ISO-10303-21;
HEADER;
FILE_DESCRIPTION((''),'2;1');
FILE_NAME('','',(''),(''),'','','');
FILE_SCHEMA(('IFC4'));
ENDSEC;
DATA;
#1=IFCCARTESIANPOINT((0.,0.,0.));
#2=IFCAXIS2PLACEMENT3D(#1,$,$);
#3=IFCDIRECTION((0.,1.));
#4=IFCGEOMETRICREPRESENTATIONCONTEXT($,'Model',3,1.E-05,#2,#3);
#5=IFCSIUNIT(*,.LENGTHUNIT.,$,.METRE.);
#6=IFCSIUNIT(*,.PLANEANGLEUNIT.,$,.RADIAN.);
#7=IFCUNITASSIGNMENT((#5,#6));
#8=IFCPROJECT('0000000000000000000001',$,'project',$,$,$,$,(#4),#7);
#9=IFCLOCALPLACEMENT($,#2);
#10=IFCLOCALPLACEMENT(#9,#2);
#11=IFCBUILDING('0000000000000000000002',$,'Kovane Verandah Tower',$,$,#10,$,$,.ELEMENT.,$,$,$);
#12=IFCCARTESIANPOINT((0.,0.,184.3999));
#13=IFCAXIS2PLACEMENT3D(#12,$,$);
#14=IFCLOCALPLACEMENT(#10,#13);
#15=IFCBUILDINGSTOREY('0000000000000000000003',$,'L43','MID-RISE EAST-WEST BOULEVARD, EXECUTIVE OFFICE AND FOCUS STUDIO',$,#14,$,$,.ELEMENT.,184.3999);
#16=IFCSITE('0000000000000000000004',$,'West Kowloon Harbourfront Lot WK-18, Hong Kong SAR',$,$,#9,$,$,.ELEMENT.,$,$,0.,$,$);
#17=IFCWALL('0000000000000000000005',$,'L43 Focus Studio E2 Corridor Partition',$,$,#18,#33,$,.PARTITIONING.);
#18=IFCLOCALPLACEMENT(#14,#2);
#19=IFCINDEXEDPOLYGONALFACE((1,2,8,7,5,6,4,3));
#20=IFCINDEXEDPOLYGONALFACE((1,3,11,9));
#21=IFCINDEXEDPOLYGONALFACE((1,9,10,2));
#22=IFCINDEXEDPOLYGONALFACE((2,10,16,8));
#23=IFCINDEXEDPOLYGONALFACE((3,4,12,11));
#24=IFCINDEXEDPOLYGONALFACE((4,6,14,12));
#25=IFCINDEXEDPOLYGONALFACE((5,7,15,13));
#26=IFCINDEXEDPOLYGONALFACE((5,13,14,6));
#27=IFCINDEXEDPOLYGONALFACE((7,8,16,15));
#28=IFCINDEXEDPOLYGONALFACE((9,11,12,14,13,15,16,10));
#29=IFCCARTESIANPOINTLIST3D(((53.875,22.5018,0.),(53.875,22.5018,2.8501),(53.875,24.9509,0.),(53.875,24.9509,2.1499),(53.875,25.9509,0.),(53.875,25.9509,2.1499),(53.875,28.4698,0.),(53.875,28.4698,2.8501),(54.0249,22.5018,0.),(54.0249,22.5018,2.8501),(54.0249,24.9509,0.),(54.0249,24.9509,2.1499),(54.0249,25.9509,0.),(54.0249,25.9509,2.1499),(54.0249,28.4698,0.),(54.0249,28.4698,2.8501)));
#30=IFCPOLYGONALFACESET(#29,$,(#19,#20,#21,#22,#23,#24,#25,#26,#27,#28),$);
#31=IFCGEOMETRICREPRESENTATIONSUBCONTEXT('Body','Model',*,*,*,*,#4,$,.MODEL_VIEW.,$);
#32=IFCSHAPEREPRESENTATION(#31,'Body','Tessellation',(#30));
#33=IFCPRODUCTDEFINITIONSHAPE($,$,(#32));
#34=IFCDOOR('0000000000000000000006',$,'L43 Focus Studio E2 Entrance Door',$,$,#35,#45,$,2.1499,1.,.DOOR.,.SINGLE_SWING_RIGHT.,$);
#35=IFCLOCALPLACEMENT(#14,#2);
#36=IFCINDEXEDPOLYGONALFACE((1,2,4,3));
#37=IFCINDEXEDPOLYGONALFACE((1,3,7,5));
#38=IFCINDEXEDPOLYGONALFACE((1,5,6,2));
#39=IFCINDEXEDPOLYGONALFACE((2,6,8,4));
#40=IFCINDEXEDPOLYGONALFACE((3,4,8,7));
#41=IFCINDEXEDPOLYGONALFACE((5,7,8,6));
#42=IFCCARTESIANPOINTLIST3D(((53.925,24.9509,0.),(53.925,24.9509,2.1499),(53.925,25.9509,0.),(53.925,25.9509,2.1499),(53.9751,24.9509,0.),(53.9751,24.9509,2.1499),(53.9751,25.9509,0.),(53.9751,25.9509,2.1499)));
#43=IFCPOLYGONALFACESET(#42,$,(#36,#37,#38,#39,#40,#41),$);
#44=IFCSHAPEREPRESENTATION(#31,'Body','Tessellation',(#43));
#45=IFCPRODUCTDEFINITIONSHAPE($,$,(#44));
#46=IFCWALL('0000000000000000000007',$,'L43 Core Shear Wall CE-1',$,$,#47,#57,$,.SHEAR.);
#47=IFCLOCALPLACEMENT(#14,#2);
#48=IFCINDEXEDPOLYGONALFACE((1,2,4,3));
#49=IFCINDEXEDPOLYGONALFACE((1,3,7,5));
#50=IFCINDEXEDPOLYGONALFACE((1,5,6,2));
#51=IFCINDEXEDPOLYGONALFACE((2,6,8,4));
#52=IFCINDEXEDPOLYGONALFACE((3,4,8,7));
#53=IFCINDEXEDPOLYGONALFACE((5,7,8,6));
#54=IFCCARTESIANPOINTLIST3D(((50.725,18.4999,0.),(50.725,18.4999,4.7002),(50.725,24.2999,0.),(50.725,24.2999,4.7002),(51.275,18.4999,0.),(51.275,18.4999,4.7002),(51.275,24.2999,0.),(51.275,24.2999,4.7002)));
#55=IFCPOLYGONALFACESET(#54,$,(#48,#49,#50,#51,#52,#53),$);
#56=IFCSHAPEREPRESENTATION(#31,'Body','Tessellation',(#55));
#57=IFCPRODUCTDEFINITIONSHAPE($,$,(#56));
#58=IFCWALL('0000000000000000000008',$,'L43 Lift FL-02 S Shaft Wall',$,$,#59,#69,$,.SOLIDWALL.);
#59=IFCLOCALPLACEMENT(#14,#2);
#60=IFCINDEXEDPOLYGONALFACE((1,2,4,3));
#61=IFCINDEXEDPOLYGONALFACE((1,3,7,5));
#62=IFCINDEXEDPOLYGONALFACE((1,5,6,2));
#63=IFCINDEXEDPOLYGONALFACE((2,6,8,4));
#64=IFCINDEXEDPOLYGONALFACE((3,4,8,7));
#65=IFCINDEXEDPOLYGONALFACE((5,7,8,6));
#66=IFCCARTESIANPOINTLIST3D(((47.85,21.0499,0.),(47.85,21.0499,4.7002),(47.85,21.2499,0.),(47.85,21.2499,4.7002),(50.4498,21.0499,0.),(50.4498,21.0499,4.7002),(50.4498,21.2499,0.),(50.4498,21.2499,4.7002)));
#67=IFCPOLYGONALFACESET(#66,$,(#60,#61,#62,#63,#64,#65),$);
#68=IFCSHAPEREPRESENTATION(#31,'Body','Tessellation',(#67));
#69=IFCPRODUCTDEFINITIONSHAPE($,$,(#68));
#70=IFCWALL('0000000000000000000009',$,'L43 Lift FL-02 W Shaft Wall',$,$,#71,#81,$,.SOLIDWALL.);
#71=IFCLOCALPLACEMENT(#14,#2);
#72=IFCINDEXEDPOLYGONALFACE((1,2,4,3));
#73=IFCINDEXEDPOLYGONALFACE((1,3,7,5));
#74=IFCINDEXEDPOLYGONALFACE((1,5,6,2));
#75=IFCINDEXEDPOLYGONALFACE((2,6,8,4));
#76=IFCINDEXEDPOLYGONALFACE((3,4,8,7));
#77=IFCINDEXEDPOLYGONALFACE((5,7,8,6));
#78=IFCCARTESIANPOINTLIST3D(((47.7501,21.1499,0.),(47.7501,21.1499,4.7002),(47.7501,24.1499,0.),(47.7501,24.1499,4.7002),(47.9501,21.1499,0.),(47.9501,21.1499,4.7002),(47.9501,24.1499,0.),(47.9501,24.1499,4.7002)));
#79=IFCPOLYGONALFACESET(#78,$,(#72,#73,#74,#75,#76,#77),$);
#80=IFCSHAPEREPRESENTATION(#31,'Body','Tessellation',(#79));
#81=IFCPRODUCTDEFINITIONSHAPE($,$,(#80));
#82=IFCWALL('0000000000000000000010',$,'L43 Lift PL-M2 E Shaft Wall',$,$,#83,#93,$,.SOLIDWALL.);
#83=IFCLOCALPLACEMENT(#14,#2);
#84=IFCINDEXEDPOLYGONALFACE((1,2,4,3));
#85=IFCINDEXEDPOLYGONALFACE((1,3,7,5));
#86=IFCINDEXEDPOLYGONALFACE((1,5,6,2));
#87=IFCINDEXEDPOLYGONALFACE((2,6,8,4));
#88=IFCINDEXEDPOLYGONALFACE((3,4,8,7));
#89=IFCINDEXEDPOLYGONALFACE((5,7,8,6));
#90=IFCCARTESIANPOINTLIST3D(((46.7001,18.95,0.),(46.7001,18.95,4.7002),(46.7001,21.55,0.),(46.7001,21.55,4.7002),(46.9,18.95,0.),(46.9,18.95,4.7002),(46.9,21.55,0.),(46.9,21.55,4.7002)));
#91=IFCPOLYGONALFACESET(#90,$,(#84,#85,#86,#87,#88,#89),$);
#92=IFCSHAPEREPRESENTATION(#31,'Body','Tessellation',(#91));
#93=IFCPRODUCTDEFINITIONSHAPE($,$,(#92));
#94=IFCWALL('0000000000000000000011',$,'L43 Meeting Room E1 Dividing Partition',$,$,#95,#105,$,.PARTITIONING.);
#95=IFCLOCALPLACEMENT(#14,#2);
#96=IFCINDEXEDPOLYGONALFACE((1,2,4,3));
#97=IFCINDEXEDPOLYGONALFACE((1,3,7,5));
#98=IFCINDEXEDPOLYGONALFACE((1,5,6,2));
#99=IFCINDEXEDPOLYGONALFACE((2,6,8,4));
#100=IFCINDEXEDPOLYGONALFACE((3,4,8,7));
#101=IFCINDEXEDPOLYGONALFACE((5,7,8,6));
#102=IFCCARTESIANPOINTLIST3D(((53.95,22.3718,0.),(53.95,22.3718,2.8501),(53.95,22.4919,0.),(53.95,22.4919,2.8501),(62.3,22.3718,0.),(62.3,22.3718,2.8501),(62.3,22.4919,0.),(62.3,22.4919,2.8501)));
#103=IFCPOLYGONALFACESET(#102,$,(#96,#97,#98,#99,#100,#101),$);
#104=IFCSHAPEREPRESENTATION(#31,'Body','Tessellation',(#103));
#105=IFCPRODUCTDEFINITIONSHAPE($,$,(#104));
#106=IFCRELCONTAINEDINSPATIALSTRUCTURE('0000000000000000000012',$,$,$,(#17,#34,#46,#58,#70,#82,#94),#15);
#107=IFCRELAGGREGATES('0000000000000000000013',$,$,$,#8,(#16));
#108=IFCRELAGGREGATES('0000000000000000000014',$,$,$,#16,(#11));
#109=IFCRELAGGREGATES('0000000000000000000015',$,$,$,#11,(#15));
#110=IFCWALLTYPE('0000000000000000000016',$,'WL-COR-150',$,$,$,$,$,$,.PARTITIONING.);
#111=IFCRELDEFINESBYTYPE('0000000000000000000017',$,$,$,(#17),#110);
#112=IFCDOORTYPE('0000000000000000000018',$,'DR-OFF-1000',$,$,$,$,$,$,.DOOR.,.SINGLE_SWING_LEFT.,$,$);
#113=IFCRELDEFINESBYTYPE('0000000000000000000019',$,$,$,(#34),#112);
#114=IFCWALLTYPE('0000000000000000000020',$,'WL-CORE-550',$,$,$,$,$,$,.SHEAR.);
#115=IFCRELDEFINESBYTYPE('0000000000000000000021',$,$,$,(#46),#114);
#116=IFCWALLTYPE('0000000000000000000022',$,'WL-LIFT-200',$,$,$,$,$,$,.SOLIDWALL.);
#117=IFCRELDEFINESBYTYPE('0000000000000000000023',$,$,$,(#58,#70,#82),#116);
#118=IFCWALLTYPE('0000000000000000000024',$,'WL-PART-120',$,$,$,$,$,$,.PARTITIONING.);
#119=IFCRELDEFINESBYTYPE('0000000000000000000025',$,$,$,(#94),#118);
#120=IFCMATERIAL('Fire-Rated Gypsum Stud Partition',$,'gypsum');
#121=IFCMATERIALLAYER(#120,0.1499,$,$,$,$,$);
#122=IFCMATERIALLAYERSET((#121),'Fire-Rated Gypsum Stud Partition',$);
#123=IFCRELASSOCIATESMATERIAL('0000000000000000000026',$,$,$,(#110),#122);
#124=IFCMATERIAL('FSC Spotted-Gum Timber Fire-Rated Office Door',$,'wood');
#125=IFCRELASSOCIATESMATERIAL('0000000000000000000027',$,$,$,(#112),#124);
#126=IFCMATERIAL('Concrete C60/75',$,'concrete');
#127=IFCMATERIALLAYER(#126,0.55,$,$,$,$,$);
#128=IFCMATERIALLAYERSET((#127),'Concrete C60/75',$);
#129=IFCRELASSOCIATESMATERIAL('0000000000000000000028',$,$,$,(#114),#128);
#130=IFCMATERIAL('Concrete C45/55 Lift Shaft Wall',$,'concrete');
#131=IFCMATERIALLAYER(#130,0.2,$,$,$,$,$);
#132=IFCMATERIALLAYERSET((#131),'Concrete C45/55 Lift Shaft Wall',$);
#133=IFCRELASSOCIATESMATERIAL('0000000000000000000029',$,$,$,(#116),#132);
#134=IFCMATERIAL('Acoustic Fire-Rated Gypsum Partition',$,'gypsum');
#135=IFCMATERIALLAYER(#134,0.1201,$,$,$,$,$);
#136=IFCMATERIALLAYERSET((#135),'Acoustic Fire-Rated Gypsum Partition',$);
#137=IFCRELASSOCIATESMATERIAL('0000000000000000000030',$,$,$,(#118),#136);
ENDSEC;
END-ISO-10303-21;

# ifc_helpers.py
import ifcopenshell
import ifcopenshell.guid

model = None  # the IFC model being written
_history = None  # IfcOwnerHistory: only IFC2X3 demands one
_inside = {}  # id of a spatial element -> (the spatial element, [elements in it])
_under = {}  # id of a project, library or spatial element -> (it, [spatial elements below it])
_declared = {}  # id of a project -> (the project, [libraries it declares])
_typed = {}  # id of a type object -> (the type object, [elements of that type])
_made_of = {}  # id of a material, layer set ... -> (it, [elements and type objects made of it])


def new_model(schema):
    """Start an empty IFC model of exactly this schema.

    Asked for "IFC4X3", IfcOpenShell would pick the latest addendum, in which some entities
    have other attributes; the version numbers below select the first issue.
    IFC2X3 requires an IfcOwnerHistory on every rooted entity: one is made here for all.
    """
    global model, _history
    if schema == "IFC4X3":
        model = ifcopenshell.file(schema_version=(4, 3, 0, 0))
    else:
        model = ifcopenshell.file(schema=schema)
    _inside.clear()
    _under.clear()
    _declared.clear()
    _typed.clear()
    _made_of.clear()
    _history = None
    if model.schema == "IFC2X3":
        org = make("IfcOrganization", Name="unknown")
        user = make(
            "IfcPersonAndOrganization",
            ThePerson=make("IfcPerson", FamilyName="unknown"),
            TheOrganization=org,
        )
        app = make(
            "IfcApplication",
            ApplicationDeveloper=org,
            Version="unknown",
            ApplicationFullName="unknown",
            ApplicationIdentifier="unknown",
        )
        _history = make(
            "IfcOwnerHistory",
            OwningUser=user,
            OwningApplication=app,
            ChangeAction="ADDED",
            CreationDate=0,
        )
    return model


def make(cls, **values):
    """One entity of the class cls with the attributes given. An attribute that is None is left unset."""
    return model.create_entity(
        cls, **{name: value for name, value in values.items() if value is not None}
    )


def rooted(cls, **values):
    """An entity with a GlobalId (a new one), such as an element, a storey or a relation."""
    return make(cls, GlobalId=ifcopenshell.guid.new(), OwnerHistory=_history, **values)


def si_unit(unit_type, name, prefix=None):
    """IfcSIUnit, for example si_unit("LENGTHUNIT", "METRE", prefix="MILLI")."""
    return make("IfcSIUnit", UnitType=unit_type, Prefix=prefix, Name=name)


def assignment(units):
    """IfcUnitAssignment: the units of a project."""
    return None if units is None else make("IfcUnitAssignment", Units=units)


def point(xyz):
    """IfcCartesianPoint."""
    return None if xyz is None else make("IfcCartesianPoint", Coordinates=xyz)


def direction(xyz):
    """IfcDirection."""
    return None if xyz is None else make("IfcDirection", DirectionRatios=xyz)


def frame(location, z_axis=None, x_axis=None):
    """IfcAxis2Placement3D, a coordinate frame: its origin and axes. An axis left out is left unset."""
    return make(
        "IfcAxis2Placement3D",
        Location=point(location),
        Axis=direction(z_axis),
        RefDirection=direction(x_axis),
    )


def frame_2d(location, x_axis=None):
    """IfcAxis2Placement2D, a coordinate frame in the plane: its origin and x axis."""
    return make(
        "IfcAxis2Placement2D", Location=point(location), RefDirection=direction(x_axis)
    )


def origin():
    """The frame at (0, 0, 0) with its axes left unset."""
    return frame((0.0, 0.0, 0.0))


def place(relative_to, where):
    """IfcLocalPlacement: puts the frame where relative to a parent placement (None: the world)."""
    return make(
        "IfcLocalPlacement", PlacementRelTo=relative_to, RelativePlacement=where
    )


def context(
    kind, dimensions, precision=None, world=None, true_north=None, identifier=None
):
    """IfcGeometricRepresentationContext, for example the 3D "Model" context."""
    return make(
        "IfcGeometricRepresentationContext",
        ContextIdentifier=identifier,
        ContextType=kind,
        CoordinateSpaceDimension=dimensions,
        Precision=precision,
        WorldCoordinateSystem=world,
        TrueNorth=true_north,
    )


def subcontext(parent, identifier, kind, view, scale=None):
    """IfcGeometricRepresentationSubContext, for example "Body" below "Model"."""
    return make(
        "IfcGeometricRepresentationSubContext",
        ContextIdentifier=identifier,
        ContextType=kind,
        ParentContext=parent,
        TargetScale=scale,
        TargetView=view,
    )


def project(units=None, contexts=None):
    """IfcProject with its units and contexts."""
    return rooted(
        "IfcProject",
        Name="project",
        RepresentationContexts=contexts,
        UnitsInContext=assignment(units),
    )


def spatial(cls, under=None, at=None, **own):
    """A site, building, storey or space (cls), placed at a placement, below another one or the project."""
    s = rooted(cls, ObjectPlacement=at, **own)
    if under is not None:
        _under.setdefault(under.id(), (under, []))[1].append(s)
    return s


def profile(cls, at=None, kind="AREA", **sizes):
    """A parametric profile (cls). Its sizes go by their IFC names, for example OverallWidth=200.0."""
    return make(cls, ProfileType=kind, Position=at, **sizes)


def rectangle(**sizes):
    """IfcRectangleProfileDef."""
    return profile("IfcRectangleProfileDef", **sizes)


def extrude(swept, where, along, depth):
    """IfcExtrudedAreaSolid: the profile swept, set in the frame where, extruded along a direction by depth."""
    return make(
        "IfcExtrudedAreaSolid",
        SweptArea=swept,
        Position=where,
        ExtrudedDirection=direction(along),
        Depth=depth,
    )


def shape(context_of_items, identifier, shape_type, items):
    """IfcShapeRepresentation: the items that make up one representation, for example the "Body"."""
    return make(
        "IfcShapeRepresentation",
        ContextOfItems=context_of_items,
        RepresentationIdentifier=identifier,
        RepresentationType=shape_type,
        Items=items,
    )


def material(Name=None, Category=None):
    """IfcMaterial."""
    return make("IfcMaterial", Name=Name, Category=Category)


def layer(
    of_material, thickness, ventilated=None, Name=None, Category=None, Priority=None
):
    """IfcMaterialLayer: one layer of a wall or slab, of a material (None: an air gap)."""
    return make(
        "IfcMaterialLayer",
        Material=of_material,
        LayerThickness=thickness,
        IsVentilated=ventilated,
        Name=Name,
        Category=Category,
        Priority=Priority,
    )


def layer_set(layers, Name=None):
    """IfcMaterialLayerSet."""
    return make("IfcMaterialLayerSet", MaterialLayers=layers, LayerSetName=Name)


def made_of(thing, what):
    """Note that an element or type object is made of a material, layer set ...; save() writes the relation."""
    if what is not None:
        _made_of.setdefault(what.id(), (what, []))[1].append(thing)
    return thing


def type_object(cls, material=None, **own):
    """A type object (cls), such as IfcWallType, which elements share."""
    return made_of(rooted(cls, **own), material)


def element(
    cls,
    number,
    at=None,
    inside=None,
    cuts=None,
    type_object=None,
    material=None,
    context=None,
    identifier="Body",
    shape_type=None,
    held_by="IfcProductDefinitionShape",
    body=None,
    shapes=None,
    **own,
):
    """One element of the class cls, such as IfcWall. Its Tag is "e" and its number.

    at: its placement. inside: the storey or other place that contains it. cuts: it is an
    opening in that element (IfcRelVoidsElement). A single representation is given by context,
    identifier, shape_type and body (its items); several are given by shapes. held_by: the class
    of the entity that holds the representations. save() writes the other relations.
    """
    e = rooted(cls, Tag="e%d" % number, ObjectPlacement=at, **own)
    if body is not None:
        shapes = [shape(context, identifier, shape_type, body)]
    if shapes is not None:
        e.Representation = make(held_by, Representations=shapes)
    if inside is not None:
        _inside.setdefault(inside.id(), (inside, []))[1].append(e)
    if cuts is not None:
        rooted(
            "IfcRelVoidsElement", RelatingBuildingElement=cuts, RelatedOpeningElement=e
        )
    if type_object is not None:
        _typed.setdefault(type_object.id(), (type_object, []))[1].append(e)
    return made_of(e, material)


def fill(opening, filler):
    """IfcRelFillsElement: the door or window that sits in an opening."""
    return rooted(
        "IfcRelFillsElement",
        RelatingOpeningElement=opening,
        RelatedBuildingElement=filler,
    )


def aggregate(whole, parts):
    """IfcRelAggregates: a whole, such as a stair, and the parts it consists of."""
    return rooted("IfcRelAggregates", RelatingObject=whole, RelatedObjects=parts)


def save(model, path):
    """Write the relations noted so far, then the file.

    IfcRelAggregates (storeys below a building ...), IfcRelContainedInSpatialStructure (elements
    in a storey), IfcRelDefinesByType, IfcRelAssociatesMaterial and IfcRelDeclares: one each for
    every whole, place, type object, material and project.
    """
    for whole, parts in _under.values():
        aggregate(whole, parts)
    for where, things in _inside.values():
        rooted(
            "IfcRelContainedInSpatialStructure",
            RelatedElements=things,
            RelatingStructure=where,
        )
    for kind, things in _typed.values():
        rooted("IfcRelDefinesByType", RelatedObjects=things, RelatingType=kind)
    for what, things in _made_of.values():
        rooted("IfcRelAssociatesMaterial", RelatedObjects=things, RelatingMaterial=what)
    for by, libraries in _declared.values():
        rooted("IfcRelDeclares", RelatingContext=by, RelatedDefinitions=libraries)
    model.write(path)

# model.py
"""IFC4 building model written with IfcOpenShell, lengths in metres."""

from ifc_helpers import new_model, si_unit, direction, frame, frame_2d, origin, place, context, subcontext, project, spatial, rectangle, extrude, material, layer, layer_set, type_object, element, fill, save


model = new_model("IFC4")

# Units and contexts
model_context = context("Model", 3, precision=1e-05, world=origin(), true_north=direction((0.0, 1.0)))
body_context = subcontext(model_context, "Body", "Model", "MODEL_VIEW")
ifc_project = project(units=[si_unit("LENGTHUNIT", "METRE"), si_unit("PLANEANGLEUNIT", "RADIAN")], contexts=[model_context])

# Site, building, storey
site_placement = place(None, origin())
site = spatial("IfcSite", under=ifc_project, at=site_placement, Name="West Kowloon Harbourfront Lot WK-18, Hong Kong SAR", CompositionType="ELEMENT", RefElevation=0.0)
building_placement = place(site_placement, origin())
building = spatial("IfcBuilding", under=site, at=building_placement, Name="Kovane Verandah Tower", CompositionType="ELEMENT")
storey_placement = place(building_placement, frame((0.0, 0.0, 184.3999)))
storey = spatial("IfcBuildingStorey", under=building, at=storey_placement, Name="L43", Description="MID-RISE EAST-WEST BOULEVARD, EXECUTIVE OFFICE AND FOCUS STUDIO", CompositionType="ELEMENT", Elevation=184.3999)

# Shared definitions
ifc_material_1 = material(Name="Concrete C60/75", Category="concrete")

# Wall, opening, door
ifc_material_2 = material(Name="Fire-Rated Gypsum Stud Partition", Category="gypsum")
ifc_layer_1 = layer(ifc_material_2, 0.1499)
ifc_layer_set_1 = layer_set([ifc_layer_1], Name="Fire-Rated Gypsum Stud Partition")
wall_type_1 = type_object("IfcWallType", Name="WL-COR-150", PredefinedType="PARTITIONING", material=ifc_layer_set_1)
ifc_material_3 = material(Name="FSC Spotted-Gum Timber Fire-Rated Office Door", Category="wood")
door_type_1 = type_object("IfcDoorType", Name="DR-OFF-1000", OperationType="SINGLE_SWING_LEFT", PredefinedType="DOOR", material=ifc_material_3)
wall_1_placement = place(storey_placement, frame((53.95, 22.502, 0.0), z_axis=(0.0, 0.0, 1.0), x_axis=(0.0, 1.0, 0.0)))
wall_1 = element("IfcWall", 1, at=wall_1_placement, inside=storey, type_object=wall_type_1, Name="L43 Focus Studio E2 Corridor Partition", PredefinedType="PARTITIONING", context=body_context, shape_type="SweptSolid", body=[
    extrude(rectangle(XDim=5.968, YDim=0.1499, at=frame_2d((2.9839, 0.0))), origin(), (0.0, 0.0, 1.0), 2.8501),
])
opening_1_placement = place(wall_1_placement, frame((2.449, 0.0, 0.0)))
opening_1 = element("IfcOpeningElement", 2, at=opening_1_placement, cuts=wall_1, PredefinedType="OPENING", context=body_context, shape_type="SweptSolid", body=[
    extrude(rectangle(XDim=1.0, YDim=2.1499, at=frame_2d((0.5, 1.075))), frame((0.0, 0.075, 0.0), z_axis=(0.0, -1.0, 0.0), x_axis=(1.0, 0.0, 0.0)), (0.0, 0.0, 1.0), 0.1499),
])
door_1_placement = place(opening_1_placement, origin())
door_1 = element("IfcDoor", 3, at=door_1_placement, inside=storey, type_object=door_type_1, Name="L43 Focus Studio E2 Entrance Door", OperationType="SINGLE_SWING_RIGHT", OverallHeight=2.1499, OverallWidth=1.0, PredefinedType="DOOR", context=body_context, shape_type="SweptSolid", body=[
    extrude(rectangle(XDim=1.0, YDim=2.1499, at=frame_2d((0.5, 1.075))), frame((0.0, 0.0249, 0.0), z_axis=(0.0, -1.0, 0.0), x_axis=(1.0, 0.0, 0.0)), (0.0, 0.0, 1.0), 0.05),
])
fill(opening_1, door_1)

# Wall
ifc_layer_2 = layer(ifc_material_1, 0.55)
ifc_layer_set_2 = layer_set([ifc_layer_2], Name="Concrete C60/75")
wall_type_2 = type_object("IfcWallType", Name="WL-CORE-550", PredefinedType="SHEAR", material=ifc_layer_set_2)
wall_2_placement = place(storey_placement, frame((51.0, 18.5, 0.0), z_axis=(0.0, 0.0, 1.0), x_axis=(0.0, 1.0, 0.0)))
element("IfcWall", 4, at=wall_2_placement, inside=storey, type_object=wall_type_2, Name="L43 Core Shear Wall CE-1", PredefinedType="SHEAR", context=body_context, shape_type="SweptSolid", body=[
    extrude(rectangle(XDim=5.8, YDim=0.55, at=frame_2d((2.8999, 0.0))), origin(), (0.0, 0.0, 1.0), 4.7002),
])

# Wall
ifc_material_4 = material(Name="Concrete C45/55 Lift Shaft Wall", Category="concrete")
ifc_layer_3 = layer(ifc_material_4, 0.2)
ifc_layer_set_3 = layer_set([ifc_layer_3], Name="Concrete C45/55 Lift Shaft Wall")
wall_type_3 = type_object("IfcWallType", Name="WL-LIFT-200", PredefinedType="SOLIDWALL", material=ifc_layer_set_3)
wall_3_placement = place(storey_placement, frame((47.8501, 21.1499, 0.0), z_axis=(0.0, 0.0, 1.0), x_axis=(1.0, 0.0, 0.0)))
element("IfcWall", 5, at=wall_3_placement, inside=storey, type_object=wall_type_3, Name="L43 Lift FL-02 S Shaft Wall", PredefinedType="SOLIDWALL", context=body_context, shape_type="SweptSolid", body=[
    extrude(rectangle(XDim=2.5999, YDim=0.2, at=frame_2d((1.2998, 0.0))), origin(), (0.0, 0.0, 1.0), 4.7002),
])

# Wall
wall_4_placement = place(storey_placement, frame((47.8501, 24.1499, 0.0), z_axis=(0.0, 0.0, 1.0), x_axis=(0.0, -1.0, 0.0)))
element("IfcWall", 6, at=wall_4_placement, inside=storey, type_object=wall_type_3, Name="L43 Lift FL-02 W Shaft Wall", PredefinedType="SOLIDWALL", context=body_context, shape_type="SweptSolid", body=[
    extrude(rectangle(XDim=3.0, YDim=0.2, at=frame_2d((1.5, 0.0))), origin(), (0.0, 0.0, 1.0), 4.7002),
])

# Walls
wall_5_placement = place(storey_placement, frame((46.8, 18.95, 0.0), z_axis=(0.0, 0.0, 1.0), x_axis=(0.0, 1.0, 0.0)))
element("IfcWall", 7, at=wall_5_placement, inside=storey, type_object=wall_type_3, Name="L43 Lift PL-M2 E Shaft Wall", PredefinedType="SOLIDWALL", context=body_context, shape_type="SweptSolid", body=[
    extrude(rectangle(XDim=2.6001, YDim=0.2, at=frame_2d((1.3, 0.0))), origin(), (0.0, 0.0, 1.0), 4.7002),
])
ifc_material_5 = material(Name="Acoustic Fire-Rated Gypsum Partition", Category="gypsum")
ifc_layer_4 = layer(ifc_material_5, 0.1201)
ifc_layer_set_4 = layer_set([ifc_layer_4], Name="Acoustic Fire-Rated Gypsum Partition")
wall_type_4 = type_object("IfcWallType", Name="WL-PART-120", PredefinedType="PARTITIONING", material=ifc_layer_set_4)
wall_6_placement = place(storey_placement, frame((53.95, 22.4319, 0.0), z_axis=(0.0, 0.0, 1.0), x_axis=(1.0, 0.0, 0.0)))
element("IfcWall", 8, at=wall_6_placement, inside=storey, type_object=wall_type_4, Name="L43 Meeting Room E1 Dividing Partition", PredefinedType="PARTITIONING", context=body_context, shape_type="SweptSolid", body=[
    extrude(rectangle(XDim=8.3501, YDim=0.1201, at=frame_2d((4.175, 0.0))), origin(), (0.0, 0.0, 1.0), 2.8501),
])

save(model, "model.ifc")
